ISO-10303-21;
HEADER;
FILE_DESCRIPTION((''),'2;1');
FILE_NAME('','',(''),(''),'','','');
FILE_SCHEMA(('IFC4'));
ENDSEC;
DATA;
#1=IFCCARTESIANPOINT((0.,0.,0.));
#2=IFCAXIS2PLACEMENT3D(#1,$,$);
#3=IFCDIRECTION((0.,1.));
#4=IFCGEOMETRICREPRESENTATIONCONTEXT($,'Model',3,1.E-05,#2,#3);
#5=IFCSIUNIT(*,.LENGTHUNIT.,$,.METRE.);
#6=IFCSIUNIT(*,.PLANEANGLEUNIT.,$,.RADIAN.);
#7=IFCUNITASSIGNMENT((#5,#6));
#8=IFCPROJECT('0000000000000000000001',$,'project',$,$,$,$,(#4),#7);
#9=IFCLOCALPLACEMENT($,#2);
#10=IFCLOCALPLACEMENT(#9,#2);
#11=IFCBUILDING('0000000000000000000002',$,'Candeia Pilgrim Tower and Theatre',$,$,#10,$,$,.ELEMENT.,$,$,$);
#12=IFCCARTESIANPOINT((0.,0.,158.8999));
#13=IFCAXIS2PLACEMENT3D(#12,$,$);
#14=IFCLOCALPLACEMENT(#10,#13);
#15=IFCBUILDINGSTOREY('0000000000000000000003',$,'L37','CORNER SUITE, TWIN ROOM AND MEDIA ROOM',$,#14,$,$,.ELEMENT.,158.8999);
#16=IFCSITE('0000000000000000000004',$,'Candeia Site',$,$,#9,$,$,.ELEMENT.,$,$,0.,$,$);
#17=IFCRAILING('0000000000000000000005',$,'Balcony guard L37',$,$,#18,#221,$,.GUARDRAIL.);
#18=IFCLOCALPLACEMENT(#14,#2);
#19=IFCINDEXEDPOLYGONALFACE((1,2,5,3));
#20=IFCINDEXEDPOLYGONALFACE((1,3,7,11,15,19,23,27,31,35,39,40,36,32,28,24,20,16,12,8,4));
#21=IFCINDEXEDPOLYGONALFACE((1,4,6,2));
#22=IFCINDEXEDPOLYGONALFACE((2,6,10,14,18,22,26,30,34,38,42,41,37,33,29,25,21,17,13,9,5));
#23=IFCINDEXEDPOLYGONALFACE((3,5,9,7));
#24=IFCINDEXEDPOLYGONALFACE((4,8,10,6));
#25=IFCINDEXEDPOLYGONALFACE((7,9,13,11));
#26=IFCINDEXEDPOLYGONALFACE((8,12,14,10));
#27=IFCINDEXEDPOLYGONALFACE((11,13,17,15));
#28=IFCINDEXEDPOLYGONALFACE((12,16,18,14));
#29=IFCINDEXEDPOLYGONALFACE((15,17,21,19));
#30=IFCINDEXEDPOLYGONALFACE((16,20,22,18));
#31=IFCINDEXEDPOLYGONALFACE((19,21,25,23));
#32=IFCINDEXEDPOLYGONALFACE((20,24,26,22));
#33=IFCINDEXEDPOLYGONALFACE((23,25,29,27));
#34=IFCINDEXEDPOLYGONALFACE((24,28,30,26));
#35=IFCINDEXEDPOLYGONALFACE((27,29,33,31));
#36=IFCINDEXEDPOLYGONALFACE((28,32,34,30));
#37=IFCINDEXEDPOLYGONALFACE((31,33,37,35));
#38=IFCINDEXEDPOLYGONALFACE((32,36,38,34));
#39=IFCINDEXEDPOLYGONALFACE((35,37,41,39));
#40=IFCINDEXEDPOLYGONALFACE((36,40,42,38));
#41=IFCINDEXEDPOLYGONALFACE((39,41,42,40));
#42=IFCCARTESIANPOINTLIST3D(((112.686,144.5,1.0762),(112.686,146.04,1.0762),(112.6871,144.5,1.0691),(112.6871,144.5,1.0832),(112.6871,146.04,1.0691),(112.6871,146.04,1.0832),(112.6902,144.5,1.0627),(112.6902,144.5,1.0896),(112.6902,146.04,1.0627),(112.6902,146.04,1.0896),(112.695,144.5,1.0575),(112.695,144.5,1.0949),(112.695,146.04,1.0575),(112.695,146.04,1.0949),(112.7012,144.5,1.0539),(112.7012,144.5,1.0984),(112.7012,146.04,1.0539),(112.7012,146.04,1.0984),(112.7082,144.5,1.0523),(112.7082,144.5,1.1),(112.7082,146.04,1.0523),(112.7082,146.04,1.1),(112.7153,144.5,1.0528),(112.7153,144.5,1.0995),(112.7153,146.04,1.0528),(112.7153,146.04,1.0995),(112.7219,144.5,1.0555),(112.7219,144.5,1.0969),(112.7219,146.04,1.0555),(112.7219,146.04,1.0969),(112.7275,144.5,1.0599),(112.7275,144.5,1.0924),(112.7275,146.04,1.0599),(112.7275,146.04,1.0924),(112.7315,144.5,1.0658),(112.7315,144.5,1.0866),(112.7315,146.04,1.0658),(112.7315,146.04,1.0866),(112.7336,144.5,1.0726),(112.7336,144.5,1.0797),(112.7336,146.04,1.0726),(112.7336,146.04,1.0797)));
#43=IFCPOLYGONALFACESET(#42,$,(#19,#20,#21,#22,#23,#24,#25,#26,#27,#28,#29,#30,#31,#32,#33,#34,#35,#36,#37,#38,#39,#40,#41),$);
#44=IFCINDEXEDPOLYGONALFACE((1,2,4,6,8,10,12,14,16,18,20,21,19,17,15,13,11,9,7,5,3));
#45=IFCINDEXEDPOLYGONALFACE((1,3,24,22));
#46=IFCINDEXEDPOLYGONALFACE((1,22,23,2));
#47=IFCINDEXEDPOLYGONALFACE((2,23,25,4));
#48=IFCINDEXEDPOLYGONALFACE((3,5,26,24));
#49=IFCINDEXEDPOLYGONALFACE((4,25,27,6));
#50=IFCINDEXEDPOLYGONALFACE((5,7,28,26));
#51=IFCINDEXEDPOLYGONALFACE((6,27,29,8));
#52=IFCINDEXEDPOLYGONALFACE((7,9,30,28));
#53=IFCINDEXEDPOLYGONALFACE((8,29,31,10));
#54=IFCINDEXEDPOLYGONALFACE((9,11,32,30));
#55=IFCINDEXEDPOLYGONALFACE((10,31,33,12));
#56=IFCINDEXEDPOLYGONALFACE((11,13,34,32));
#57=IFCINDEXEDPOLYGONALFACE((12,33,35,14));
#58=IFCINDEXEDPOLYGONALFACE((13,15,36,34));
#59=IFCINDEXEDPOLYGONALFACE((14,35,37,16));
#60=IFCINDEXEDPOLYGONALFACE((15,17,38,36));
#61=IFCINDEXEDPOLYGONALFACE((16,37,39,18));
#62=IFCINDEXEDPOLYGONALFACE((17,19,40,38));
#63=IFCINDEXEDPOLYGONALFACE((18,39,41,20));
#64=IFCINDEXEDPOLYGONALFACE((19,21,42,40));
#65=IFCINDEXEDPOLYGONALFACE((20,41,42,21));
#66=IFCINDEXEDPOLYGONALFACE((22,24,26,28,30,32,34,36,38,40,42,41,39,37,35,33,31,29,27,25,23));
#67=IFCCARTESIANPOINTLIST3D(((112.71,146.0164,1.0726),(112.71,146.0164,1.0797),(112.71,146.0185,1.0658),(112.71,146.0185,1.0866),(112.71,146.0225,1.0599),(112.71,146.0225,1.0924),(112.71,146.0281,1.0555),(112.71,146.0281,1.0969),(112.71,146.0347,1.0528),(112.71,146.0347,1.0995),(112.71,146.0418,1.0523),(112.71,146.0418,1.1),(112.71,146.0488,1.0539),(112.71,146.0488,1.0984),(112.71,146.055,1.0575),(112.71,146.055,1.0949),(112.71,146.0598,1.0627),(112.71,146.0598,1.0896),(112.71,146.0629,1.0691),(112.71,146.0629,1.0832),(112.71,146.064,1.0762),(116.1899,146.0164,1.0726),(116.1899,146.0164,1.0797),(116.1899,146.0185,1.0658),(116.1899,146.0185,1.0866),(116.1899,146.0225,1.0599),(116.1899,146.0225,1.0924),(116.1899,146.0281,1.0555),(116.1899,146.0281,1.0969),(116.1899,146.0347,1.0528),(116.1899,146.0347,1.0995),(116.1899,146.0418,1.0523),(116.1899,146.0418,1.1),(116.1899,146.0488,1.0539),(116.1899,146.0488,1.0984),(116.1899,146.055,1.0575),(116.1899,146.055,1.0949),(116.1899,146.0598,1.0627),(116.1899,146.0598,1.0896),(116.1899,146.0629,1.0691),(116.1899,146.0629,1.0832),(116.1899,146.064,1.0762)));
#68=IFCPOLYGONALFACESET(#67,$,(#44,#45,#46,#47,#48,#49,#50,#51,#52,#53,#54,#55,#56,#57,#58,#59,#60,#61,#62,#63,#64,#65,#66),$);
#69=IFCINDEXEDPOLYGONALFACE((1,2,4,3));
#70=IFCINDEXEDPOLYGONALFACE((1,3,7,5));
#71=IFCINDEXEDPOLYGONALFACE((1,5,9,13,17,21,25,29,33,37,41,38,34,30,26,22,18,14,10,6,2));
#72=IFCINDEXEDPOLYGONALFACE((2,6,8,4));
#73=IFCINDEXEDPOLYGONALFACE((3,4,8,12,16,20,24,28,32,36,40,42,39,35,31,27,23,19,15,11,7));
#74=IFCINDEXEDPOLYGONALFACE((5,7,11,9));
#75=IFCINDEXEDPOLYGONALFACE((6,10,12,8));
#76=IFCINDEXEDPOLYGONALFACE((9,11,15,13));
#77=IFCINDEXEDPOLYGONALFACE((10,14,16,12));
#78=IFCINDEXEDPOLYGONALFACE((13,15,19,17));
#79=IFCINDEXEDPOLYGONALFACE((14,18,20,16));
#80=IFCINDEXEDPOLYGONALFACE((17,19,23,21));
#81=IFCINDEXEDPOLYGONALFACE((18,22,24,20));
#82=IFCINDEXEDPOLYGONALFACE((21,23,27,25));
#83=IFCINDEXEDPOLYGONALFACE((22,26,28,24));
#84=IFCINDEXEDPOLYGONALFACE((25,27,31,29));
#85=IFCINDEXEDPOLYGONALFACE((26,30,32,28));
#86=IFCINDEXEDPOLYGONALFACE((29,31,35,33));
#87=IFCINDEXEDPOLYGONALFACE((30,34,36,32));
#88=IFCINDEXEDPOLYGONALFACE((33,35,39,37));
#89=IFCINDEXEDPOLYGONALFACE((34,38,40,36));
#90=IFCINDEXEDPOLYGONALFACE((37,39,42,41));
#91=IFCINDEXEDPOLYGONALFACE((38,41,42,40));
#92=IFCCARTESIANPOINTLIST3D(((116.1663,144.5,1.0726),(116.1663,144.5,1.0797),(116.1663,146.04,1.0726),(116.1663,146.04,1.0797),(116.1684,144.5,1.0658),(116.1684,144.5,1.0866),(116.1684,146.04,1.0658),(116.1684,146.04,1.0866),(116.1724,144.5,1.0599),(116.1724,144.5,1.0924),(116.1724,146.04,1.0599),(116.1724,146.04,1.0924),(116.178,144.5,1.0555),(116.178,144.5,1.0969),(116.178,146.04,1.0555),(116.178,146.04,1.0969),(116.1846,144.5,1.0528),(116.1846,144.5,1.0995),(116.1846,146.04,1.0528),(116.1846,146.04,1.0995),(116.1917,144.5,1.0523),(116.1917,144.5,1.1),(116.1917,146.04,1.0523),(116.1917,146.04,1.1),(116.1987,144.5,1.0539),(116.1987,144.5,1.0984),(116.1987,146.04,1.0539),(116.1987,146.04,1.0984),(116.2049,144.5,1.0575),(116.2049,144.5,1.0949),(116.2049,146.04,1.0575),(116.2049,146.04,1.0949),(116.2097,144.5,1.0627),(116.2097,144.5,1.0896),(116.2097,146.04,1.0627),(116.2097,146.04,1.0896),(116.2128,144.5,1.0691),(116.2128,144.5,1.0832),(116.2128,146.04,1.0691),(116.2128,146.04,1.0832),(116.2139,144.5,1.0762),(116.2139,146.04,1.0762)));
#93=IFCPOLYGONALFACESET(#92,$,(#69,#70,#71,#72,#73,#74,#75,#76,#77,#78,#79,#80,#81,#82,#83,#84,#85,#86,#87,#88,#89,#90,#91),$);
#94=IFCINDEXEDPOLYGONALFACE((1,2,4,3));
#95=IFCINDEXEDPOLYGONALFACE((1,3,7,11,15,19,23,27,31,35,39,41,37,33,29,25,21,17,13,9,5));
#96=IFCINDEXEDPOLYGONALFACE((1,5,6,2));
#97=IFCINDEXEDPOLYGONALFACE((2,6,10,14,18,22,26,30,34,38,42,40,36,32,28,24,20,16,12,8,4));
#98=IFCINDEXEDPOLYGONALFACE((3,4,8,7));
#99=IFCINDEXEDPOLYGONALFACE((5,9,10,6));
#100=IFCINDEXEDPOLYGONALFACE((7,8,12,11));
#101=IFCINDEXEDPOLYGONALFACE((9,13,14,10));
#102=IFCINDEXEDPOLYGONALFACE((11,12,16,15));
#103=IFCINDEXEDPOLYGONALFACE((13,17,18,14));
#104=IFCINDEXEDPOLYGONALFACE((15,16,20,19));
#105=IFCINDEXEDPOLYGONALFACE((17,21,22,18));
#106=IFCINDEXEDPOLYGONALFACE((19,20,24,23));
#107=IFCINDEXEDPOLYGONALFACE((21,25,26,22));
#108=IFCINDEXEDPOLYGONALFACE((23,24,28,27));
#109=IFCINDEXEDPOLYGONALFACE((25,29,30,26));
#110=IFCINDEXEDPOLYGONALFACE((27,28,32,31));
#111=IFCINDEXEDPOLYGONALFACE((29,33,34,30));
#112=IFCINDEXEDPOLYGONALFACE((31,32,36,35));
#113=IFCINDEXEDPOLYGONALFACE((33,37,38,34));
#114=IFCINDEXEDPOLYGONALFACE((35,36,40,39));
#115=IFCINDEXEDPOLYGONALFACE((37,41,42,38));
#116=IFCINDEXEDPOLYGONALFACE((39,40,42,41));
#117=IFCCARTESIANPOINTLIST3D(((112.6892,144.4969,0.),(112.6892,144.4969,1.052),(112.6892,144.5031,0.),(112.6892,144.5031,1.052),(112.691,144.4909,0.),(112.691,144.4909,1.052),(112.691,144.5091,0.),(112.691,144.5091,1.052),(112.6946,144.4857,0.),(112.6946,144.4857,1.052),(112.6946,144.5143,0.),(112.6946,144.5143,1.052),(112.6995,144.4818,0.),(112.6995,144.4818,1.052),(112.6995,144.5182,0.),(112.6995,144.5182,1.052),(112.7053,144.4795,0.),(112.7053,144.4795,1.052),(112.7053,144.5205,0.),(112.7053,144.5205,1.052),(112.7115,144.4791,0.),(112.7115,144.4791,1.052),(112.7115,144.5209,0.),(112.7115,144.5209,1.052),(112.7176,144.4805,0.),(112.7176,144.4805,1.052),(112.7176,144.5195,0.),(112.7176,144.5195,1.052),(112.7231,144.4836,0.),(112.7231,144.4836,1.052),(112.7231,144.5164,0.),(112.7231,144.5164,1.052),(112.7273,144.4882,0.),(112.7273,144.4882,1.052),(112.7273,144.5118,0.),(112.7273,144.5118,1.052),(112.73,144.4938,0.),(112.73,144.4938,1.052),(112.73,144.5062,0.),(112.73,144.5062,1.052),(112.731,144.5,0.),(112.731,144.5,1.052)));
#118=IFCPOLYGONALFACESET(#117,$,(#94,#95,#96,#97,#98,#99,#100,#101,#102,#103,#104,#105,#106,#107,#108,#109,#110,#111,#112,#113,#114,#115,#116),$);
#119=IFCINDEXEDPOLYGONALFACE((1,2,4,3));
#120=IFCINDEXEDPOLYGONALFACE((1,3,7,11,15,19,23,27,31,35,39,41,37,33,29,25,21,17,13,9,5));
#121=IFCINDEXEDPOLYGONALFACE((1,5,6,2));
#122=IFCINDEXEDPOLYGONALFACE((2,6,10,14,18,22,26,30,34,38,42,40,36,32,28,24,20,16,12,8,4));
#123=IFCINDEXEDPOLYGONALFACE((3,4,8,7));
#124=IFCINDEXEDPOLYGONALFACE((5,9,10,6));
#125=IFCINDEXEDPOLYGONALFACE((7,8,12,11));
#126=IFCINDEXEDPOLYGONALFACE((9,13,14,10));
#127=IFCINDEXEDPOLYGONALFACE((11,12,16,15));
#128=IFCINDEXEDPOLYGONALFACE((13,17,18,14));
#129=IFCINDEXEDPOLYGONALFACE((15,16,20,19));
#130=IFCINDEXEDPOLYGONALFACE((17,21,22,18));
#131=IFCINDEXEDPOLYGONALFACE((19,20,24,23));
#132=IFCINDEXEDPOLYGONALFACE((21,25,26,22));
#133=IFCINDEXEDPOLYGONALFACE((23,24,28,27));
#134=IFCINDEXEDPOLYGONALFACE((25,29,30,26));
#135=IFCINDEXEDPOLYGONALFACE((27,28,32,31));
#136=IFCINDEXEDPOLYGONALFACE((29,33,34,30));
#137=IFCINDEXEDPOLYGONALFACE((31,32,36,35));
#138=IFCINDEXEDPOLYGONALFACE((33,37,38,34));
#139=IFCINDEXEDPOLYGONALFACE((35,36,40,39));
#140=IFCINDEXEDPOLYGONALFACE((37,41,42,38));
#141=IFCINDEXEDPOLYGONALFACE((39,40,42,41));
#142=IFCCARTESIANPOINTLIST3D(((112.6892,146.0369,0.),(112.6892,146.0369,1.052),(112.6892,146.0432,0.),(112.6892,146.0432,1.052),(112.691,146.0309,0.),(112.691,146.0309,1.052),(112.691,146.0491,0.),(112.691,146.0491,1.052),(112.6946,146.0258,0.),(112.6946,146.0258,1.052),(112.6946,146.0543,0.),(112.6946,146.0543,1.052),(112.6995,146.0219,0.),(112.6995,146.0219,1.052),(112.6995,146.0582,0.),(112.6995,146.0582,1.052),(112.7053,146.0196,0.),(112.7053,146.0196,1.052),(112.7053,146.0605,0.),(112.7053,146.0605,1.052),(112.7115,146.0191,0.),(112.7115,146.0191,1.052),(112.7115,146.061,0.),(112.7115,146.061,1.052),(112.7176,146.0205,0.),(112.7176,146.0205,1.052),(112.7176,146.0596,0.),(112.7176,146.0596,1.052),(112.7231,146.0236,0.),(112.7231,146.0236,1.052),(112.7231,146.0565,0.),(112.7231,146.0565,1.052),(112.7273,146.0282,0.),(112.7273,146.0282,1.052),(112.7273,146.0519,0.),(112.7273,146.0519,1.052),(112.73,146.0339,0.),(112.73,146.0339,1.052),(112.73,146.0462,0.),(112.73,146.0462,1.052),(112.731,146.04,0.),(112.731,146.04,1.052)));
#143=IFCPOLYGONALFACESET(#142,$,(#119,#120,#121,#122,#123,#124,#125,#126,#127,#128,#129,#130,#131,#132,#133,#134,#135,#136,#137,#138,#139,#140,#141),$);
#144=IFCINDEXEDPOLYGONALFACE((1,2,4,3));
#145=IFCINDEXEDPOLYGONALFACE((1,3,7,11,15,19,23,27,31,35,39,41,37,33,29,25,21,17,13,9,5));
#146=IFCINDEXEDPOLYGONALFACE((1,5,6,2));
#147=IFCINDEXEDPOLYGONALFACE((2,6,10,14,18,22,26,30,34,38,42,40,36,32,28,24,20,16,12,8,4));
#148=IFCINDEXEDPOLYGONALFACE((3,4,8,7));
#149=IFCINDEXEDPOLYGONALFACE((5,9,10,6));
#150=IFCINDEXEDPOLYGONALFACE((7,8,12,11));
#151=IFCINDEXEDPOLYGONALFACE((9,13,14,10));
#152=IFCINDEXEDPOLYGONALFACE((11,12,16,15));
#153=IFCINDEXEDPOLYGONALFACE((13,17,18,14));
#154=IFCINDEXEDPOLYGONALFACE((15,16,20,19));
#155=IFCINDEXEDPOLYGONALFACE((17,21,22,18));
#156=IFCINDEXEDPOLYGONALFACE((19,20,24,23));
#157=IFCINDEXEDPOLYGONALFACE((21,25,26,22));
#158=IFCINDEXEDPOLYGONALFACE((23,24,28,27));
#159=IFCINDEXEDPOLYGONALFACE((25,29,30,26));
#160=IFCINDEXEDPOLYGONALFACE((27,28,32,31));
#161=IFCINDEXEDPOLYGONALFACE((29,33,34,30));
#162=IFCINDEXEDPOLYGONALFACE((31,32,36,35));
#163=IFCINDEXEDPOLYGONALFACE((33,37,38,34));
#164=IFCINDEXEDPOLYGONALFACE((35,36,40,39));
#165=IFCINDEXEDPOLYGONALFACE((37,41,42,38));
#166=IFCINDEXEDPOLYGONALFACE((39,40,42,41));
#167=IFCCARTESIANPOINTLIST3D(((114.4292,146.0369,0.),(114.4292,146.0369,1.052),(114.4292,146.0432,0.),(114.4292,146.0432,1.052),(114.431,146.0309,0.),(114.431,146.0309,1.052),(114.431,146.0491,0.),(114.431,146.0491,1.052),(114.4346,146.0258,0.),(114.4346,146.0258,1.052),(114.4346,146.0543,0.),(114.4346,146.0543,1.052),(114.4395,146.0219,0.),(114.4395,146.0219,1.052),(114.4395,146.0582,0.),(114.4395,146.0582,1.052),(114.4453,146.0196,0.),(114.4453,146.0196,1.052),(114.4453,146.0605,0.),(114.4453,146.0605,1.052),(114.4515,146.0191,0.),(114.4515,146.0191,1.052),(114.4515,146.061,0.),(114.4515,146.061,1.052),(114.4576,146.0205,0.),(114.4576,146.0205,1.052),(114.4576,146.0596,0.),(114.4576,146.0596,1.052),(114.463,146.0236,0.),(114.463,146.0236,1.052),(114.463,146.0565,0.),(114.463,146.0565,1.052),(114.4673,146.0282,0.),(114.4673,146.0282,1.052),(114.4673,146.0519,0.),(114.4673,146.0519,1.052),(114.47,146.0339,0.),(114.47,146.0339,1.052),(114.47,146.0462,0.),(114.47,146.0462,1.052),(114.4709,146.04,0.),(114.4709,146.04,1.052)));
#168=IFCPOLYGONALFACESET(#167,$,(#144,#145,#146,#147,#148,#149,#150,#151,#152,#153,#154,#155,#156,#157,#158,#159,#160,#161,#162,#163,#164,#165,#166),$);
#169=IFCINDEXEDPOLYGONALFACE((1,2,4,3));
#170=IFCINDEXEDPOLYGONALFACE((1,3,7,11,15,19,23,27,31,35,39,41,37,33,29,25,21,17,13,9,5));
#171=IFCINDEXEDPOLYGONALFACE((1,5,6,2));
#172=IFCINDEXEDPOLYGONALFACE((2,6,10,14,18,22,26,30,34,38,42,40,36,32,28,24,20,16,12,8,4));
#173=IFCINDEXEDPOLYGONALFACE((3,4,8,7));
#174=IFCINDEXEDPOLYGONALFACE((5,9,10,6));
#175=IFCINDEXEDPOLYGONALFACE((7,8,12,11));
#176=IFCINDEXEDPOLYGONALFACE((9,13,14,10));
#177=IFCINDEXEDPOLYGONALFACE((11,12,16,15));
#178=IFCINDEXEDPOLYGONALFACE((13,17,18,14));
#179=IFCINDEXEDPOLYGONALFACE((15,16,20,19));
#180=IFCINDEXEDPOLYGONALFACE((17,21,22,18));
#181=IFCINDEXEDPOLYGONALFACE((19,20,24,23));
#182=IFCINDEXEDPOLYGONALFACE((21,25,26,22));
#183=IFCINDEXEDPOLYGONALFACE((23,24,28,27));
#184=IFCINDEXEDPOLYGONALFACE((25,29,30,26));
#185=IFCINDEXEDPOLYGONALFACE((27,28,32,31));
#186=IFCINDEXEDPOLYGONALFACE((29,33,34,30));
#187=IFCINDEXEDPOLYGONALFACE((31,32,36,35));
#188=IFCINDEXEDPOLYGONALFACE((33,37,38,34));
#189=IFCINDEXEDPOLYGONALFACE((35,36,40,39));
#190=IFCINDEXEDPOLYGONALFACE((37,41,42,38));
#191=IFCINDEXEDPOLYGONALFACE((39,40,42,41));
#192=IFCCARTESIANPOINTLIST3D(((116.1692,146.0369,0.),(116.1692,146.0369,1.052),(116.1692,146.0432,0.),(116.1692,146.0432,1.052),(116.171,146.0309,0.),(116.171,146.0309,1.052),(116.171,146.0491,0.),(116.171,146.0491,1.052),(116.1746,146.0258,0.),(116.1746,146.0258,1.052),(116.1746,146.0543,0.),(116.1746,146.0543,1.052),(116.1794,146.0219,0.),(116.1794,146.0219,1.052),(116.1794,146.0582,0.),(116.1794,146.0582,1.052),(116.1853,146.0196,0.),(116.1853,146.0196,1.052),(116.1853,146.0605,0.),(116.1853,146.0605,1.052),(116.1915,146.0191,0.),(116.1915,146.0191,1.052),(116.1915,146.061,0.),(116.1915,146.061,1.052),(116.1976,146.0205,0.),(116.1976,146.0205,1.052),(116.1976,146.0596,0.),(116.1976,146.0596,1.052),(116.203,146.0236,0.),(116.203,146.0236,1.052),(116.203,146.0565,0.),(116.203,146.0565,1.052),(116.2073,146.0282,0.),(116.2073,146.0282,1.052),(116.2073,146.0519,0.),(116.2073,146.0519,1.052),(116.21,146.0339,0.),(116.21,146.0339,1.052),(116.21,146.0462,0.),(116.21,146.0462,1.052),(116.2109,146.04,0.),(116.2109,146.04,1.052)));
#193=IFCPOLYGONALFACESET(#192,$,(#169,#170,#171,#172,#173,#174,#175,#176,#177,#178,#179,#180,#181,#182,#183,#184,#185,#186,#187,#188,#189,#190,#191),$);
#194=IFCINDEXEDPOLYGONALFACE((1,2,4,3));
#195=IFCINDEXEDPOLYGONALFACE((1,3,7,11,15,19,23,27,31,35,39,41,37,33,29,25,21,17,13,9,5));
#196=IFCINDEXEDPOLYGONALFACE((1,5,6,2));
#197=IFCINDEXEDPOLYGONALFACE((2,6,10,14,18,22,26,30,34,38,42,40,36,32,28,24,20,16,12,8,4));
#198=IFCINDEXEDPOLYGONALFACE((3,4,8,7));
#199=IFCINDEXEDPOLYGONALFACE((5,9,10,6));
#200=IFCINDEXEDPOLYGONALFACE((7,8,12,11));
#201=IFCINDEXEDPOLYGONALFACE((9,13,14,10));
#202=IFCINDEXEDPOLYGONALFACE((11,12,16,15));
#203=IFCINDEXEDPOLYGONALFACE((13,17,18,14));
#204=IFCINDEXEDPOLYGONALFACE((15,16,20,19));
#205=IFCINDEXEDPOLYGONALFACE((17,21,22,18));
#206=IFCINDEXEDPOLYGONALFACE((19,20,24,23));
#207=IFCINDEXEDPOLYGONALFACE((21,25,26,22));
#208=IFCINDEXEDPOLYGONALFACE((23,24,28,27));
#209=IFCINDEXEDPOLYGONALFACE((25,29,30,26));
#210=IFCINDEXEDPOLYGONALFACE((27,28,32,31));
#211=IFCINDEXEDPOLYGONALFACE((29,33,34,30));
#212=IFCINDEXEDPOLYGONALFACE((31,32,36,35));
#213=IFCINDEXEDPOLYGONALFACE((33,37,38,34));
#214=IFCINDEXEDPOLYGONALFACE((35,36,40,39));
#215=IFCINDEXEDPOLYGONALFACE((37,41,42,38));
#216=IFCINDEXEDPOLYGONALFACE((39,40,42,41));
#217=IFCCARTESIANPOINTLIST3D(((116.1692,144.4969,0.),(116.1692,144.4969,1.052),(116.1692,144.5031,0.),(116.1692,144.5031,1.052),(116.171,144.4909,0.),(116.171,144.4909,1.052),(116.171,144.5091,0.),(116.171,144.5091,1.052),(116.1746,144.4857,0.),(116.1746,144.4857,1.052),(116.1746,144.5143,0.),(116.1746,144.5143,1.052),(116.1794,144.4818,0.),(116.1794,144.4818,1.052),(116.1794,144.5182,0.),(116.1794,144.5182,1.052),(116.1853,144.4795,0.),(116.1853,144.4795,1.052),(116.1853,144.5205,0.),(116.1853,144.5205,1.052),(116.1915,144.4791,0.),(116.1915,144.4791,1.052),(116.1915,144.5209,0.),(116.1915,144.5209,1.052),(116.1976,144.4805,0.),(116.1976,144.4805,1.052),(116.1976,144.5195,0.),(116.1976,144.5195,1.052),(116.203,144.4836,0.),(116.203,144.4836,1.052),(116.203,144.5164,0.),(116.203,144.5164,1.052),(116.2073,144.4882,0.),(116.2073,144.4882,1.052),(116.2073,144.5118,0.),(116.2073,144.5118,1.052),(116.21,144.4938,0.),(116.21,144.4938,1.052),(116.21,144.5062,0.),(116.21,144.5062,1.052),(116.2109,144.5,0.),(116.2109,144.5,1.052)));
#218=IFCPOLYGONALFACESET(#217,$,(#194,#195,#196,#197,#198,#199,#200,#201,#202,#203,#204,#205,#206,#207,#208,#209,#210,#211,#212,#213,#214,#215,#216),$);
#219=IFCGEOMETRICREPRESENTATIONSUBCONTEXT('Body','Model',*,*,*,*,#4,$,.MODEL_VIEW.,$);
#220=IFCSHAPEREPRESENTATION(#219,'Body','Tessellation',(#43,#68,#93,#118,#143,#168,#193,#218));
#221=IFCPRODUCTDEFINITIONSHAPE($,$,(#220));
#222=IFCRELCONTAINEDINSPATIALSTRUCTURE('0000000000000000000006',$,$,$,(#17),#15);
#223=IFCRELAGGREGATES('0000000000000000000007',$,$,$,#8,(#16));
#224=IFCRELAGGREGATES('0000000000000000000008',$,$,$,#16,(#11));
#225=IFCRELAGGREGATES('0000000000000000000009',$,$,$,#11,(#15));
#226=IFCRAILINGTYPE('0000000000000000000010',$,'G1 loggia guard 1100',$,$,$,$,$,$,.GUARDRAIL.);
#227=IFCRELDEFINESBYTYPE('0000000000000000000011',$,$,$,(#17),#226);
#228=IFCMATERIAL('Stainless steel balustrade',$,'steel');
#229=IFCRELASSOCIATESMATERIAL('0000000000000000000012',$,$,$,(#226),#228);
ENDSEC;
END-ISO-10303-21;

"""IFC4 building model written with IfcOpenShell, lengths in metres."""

from ifc_helpers import new_model, si_unit, direction, frame, origin, origin_2d, place, context, subcontext, project, spatial, circle, extrude, material, type_object, element, save


model = new_model("IFC4")

# Units and contexts
model_context = context("Model", 3, precision=1e-05, world=origin(), true_north=direction((0.0, 1.0)))
body_context = subcontext(model_context, "Body", "Model", "MODEL_VIEW")
ifc_project = project(units=[si_unit("LENGTHUNIT", "METRE"), si_unit("PLANEANGLEUNIT", "RADIAN")], contexts=[model_context])

# Site, building, storey
site_placement = place(None, origin())
site = spatial("IfcSite", under=ifc_project, at=site_placement, Name="Candeia Site", CompositionType="ELEMENT", RefElevation=0.0)
building_placement = place(site_placement, origin())
building = spatial("IfcBuilding", under=site, at=building_placement, Name="Candeia Pilgrim Tower and Theatre", CompositionType="ELEMENT")
storey_placement = place(building_placement, frame((0.0, 0.0, 158.8999)))
storey = spatial("IfcBuildingStorey", under=building, at=storey_placement, Name="L37", Description="CORNER SUITE, TWIN ROOM AND MEDIA ROOM", CompositionType="ELEMENT", Elevation=158.8999)

# Railing
ifc_material_1 = material(Name="Stainless steel balustrade", Category="steel")
railing_type = type_object("IfcRailingType", Name="G1 loggia guard 1100", PredefinedType="GUARDRAIL", material=ifc_material_1)
railing_placement = place(storey_placement, frame((112.71, 144.5, 0.0)))
element("IfcRailing", 1, at=railing_placement, inside=storey, type_object=railing_type, Name="Balcony guard L37", PredefinedType="GUARDRAIL", context=body_context, shape_type="SweptSolid", body=[
    extrude(circle(Radius=0.0239, at=origin_2d()), frame((0.0, 0.0, 1.0762), z_axis=(0.0, 1.0, 0.0), x_axis=(-1.0, 0.0, 0.0)), (0.0, 0.0, 1.0), 1.54),
    extrude(circle(Radius=0.0239, at=origin_2d()), frame((0.0, 1.54, 1.0762), z_axis=(1.0, 0.0, 0.0), x_axis=(0.0, 1.0, 0.0)), (0.0, 0.0, 1.0), 3.48),
    extrude(circle(Radius=0.0239, at=origin_2d()), frame((3.48, 1.54, 1.0762), z_axis=(0.0, -1.0, 0.0), x_axis=(1.0, 0.0, 0.0)), (0.0, 0.0, 1.0), 1.54),
    extrude(circle(Radius=0.021, at=origin_2d()), origin(), (0.0, 0.0, 1.0), 1.052),
    extrude(circle(Radius=0.021, at=origin_2d()), frame((0.0, 1.54, 0.0)), (0.0, 0.0, 1.0), 1.052),
    extrude(circle(Radius=0.021, at=origin_2d()), frame((1.74, 1.54, 0.0)), (0.0, 0.0, 1.0), 1.052),
    extrude(circle(Radius=0.021, at=origin_2d()), frame((3.48, 1.54, 0.0)), (0.0, 0.0, 1.0), 1.052),
    extrude(circle(Radius=0.021, at=origin_2d()), frame((3.48, 0.0, 0.0)), (0.0, 0.0, 1.0), 1.052),
])

save(model, "model.ifc")
